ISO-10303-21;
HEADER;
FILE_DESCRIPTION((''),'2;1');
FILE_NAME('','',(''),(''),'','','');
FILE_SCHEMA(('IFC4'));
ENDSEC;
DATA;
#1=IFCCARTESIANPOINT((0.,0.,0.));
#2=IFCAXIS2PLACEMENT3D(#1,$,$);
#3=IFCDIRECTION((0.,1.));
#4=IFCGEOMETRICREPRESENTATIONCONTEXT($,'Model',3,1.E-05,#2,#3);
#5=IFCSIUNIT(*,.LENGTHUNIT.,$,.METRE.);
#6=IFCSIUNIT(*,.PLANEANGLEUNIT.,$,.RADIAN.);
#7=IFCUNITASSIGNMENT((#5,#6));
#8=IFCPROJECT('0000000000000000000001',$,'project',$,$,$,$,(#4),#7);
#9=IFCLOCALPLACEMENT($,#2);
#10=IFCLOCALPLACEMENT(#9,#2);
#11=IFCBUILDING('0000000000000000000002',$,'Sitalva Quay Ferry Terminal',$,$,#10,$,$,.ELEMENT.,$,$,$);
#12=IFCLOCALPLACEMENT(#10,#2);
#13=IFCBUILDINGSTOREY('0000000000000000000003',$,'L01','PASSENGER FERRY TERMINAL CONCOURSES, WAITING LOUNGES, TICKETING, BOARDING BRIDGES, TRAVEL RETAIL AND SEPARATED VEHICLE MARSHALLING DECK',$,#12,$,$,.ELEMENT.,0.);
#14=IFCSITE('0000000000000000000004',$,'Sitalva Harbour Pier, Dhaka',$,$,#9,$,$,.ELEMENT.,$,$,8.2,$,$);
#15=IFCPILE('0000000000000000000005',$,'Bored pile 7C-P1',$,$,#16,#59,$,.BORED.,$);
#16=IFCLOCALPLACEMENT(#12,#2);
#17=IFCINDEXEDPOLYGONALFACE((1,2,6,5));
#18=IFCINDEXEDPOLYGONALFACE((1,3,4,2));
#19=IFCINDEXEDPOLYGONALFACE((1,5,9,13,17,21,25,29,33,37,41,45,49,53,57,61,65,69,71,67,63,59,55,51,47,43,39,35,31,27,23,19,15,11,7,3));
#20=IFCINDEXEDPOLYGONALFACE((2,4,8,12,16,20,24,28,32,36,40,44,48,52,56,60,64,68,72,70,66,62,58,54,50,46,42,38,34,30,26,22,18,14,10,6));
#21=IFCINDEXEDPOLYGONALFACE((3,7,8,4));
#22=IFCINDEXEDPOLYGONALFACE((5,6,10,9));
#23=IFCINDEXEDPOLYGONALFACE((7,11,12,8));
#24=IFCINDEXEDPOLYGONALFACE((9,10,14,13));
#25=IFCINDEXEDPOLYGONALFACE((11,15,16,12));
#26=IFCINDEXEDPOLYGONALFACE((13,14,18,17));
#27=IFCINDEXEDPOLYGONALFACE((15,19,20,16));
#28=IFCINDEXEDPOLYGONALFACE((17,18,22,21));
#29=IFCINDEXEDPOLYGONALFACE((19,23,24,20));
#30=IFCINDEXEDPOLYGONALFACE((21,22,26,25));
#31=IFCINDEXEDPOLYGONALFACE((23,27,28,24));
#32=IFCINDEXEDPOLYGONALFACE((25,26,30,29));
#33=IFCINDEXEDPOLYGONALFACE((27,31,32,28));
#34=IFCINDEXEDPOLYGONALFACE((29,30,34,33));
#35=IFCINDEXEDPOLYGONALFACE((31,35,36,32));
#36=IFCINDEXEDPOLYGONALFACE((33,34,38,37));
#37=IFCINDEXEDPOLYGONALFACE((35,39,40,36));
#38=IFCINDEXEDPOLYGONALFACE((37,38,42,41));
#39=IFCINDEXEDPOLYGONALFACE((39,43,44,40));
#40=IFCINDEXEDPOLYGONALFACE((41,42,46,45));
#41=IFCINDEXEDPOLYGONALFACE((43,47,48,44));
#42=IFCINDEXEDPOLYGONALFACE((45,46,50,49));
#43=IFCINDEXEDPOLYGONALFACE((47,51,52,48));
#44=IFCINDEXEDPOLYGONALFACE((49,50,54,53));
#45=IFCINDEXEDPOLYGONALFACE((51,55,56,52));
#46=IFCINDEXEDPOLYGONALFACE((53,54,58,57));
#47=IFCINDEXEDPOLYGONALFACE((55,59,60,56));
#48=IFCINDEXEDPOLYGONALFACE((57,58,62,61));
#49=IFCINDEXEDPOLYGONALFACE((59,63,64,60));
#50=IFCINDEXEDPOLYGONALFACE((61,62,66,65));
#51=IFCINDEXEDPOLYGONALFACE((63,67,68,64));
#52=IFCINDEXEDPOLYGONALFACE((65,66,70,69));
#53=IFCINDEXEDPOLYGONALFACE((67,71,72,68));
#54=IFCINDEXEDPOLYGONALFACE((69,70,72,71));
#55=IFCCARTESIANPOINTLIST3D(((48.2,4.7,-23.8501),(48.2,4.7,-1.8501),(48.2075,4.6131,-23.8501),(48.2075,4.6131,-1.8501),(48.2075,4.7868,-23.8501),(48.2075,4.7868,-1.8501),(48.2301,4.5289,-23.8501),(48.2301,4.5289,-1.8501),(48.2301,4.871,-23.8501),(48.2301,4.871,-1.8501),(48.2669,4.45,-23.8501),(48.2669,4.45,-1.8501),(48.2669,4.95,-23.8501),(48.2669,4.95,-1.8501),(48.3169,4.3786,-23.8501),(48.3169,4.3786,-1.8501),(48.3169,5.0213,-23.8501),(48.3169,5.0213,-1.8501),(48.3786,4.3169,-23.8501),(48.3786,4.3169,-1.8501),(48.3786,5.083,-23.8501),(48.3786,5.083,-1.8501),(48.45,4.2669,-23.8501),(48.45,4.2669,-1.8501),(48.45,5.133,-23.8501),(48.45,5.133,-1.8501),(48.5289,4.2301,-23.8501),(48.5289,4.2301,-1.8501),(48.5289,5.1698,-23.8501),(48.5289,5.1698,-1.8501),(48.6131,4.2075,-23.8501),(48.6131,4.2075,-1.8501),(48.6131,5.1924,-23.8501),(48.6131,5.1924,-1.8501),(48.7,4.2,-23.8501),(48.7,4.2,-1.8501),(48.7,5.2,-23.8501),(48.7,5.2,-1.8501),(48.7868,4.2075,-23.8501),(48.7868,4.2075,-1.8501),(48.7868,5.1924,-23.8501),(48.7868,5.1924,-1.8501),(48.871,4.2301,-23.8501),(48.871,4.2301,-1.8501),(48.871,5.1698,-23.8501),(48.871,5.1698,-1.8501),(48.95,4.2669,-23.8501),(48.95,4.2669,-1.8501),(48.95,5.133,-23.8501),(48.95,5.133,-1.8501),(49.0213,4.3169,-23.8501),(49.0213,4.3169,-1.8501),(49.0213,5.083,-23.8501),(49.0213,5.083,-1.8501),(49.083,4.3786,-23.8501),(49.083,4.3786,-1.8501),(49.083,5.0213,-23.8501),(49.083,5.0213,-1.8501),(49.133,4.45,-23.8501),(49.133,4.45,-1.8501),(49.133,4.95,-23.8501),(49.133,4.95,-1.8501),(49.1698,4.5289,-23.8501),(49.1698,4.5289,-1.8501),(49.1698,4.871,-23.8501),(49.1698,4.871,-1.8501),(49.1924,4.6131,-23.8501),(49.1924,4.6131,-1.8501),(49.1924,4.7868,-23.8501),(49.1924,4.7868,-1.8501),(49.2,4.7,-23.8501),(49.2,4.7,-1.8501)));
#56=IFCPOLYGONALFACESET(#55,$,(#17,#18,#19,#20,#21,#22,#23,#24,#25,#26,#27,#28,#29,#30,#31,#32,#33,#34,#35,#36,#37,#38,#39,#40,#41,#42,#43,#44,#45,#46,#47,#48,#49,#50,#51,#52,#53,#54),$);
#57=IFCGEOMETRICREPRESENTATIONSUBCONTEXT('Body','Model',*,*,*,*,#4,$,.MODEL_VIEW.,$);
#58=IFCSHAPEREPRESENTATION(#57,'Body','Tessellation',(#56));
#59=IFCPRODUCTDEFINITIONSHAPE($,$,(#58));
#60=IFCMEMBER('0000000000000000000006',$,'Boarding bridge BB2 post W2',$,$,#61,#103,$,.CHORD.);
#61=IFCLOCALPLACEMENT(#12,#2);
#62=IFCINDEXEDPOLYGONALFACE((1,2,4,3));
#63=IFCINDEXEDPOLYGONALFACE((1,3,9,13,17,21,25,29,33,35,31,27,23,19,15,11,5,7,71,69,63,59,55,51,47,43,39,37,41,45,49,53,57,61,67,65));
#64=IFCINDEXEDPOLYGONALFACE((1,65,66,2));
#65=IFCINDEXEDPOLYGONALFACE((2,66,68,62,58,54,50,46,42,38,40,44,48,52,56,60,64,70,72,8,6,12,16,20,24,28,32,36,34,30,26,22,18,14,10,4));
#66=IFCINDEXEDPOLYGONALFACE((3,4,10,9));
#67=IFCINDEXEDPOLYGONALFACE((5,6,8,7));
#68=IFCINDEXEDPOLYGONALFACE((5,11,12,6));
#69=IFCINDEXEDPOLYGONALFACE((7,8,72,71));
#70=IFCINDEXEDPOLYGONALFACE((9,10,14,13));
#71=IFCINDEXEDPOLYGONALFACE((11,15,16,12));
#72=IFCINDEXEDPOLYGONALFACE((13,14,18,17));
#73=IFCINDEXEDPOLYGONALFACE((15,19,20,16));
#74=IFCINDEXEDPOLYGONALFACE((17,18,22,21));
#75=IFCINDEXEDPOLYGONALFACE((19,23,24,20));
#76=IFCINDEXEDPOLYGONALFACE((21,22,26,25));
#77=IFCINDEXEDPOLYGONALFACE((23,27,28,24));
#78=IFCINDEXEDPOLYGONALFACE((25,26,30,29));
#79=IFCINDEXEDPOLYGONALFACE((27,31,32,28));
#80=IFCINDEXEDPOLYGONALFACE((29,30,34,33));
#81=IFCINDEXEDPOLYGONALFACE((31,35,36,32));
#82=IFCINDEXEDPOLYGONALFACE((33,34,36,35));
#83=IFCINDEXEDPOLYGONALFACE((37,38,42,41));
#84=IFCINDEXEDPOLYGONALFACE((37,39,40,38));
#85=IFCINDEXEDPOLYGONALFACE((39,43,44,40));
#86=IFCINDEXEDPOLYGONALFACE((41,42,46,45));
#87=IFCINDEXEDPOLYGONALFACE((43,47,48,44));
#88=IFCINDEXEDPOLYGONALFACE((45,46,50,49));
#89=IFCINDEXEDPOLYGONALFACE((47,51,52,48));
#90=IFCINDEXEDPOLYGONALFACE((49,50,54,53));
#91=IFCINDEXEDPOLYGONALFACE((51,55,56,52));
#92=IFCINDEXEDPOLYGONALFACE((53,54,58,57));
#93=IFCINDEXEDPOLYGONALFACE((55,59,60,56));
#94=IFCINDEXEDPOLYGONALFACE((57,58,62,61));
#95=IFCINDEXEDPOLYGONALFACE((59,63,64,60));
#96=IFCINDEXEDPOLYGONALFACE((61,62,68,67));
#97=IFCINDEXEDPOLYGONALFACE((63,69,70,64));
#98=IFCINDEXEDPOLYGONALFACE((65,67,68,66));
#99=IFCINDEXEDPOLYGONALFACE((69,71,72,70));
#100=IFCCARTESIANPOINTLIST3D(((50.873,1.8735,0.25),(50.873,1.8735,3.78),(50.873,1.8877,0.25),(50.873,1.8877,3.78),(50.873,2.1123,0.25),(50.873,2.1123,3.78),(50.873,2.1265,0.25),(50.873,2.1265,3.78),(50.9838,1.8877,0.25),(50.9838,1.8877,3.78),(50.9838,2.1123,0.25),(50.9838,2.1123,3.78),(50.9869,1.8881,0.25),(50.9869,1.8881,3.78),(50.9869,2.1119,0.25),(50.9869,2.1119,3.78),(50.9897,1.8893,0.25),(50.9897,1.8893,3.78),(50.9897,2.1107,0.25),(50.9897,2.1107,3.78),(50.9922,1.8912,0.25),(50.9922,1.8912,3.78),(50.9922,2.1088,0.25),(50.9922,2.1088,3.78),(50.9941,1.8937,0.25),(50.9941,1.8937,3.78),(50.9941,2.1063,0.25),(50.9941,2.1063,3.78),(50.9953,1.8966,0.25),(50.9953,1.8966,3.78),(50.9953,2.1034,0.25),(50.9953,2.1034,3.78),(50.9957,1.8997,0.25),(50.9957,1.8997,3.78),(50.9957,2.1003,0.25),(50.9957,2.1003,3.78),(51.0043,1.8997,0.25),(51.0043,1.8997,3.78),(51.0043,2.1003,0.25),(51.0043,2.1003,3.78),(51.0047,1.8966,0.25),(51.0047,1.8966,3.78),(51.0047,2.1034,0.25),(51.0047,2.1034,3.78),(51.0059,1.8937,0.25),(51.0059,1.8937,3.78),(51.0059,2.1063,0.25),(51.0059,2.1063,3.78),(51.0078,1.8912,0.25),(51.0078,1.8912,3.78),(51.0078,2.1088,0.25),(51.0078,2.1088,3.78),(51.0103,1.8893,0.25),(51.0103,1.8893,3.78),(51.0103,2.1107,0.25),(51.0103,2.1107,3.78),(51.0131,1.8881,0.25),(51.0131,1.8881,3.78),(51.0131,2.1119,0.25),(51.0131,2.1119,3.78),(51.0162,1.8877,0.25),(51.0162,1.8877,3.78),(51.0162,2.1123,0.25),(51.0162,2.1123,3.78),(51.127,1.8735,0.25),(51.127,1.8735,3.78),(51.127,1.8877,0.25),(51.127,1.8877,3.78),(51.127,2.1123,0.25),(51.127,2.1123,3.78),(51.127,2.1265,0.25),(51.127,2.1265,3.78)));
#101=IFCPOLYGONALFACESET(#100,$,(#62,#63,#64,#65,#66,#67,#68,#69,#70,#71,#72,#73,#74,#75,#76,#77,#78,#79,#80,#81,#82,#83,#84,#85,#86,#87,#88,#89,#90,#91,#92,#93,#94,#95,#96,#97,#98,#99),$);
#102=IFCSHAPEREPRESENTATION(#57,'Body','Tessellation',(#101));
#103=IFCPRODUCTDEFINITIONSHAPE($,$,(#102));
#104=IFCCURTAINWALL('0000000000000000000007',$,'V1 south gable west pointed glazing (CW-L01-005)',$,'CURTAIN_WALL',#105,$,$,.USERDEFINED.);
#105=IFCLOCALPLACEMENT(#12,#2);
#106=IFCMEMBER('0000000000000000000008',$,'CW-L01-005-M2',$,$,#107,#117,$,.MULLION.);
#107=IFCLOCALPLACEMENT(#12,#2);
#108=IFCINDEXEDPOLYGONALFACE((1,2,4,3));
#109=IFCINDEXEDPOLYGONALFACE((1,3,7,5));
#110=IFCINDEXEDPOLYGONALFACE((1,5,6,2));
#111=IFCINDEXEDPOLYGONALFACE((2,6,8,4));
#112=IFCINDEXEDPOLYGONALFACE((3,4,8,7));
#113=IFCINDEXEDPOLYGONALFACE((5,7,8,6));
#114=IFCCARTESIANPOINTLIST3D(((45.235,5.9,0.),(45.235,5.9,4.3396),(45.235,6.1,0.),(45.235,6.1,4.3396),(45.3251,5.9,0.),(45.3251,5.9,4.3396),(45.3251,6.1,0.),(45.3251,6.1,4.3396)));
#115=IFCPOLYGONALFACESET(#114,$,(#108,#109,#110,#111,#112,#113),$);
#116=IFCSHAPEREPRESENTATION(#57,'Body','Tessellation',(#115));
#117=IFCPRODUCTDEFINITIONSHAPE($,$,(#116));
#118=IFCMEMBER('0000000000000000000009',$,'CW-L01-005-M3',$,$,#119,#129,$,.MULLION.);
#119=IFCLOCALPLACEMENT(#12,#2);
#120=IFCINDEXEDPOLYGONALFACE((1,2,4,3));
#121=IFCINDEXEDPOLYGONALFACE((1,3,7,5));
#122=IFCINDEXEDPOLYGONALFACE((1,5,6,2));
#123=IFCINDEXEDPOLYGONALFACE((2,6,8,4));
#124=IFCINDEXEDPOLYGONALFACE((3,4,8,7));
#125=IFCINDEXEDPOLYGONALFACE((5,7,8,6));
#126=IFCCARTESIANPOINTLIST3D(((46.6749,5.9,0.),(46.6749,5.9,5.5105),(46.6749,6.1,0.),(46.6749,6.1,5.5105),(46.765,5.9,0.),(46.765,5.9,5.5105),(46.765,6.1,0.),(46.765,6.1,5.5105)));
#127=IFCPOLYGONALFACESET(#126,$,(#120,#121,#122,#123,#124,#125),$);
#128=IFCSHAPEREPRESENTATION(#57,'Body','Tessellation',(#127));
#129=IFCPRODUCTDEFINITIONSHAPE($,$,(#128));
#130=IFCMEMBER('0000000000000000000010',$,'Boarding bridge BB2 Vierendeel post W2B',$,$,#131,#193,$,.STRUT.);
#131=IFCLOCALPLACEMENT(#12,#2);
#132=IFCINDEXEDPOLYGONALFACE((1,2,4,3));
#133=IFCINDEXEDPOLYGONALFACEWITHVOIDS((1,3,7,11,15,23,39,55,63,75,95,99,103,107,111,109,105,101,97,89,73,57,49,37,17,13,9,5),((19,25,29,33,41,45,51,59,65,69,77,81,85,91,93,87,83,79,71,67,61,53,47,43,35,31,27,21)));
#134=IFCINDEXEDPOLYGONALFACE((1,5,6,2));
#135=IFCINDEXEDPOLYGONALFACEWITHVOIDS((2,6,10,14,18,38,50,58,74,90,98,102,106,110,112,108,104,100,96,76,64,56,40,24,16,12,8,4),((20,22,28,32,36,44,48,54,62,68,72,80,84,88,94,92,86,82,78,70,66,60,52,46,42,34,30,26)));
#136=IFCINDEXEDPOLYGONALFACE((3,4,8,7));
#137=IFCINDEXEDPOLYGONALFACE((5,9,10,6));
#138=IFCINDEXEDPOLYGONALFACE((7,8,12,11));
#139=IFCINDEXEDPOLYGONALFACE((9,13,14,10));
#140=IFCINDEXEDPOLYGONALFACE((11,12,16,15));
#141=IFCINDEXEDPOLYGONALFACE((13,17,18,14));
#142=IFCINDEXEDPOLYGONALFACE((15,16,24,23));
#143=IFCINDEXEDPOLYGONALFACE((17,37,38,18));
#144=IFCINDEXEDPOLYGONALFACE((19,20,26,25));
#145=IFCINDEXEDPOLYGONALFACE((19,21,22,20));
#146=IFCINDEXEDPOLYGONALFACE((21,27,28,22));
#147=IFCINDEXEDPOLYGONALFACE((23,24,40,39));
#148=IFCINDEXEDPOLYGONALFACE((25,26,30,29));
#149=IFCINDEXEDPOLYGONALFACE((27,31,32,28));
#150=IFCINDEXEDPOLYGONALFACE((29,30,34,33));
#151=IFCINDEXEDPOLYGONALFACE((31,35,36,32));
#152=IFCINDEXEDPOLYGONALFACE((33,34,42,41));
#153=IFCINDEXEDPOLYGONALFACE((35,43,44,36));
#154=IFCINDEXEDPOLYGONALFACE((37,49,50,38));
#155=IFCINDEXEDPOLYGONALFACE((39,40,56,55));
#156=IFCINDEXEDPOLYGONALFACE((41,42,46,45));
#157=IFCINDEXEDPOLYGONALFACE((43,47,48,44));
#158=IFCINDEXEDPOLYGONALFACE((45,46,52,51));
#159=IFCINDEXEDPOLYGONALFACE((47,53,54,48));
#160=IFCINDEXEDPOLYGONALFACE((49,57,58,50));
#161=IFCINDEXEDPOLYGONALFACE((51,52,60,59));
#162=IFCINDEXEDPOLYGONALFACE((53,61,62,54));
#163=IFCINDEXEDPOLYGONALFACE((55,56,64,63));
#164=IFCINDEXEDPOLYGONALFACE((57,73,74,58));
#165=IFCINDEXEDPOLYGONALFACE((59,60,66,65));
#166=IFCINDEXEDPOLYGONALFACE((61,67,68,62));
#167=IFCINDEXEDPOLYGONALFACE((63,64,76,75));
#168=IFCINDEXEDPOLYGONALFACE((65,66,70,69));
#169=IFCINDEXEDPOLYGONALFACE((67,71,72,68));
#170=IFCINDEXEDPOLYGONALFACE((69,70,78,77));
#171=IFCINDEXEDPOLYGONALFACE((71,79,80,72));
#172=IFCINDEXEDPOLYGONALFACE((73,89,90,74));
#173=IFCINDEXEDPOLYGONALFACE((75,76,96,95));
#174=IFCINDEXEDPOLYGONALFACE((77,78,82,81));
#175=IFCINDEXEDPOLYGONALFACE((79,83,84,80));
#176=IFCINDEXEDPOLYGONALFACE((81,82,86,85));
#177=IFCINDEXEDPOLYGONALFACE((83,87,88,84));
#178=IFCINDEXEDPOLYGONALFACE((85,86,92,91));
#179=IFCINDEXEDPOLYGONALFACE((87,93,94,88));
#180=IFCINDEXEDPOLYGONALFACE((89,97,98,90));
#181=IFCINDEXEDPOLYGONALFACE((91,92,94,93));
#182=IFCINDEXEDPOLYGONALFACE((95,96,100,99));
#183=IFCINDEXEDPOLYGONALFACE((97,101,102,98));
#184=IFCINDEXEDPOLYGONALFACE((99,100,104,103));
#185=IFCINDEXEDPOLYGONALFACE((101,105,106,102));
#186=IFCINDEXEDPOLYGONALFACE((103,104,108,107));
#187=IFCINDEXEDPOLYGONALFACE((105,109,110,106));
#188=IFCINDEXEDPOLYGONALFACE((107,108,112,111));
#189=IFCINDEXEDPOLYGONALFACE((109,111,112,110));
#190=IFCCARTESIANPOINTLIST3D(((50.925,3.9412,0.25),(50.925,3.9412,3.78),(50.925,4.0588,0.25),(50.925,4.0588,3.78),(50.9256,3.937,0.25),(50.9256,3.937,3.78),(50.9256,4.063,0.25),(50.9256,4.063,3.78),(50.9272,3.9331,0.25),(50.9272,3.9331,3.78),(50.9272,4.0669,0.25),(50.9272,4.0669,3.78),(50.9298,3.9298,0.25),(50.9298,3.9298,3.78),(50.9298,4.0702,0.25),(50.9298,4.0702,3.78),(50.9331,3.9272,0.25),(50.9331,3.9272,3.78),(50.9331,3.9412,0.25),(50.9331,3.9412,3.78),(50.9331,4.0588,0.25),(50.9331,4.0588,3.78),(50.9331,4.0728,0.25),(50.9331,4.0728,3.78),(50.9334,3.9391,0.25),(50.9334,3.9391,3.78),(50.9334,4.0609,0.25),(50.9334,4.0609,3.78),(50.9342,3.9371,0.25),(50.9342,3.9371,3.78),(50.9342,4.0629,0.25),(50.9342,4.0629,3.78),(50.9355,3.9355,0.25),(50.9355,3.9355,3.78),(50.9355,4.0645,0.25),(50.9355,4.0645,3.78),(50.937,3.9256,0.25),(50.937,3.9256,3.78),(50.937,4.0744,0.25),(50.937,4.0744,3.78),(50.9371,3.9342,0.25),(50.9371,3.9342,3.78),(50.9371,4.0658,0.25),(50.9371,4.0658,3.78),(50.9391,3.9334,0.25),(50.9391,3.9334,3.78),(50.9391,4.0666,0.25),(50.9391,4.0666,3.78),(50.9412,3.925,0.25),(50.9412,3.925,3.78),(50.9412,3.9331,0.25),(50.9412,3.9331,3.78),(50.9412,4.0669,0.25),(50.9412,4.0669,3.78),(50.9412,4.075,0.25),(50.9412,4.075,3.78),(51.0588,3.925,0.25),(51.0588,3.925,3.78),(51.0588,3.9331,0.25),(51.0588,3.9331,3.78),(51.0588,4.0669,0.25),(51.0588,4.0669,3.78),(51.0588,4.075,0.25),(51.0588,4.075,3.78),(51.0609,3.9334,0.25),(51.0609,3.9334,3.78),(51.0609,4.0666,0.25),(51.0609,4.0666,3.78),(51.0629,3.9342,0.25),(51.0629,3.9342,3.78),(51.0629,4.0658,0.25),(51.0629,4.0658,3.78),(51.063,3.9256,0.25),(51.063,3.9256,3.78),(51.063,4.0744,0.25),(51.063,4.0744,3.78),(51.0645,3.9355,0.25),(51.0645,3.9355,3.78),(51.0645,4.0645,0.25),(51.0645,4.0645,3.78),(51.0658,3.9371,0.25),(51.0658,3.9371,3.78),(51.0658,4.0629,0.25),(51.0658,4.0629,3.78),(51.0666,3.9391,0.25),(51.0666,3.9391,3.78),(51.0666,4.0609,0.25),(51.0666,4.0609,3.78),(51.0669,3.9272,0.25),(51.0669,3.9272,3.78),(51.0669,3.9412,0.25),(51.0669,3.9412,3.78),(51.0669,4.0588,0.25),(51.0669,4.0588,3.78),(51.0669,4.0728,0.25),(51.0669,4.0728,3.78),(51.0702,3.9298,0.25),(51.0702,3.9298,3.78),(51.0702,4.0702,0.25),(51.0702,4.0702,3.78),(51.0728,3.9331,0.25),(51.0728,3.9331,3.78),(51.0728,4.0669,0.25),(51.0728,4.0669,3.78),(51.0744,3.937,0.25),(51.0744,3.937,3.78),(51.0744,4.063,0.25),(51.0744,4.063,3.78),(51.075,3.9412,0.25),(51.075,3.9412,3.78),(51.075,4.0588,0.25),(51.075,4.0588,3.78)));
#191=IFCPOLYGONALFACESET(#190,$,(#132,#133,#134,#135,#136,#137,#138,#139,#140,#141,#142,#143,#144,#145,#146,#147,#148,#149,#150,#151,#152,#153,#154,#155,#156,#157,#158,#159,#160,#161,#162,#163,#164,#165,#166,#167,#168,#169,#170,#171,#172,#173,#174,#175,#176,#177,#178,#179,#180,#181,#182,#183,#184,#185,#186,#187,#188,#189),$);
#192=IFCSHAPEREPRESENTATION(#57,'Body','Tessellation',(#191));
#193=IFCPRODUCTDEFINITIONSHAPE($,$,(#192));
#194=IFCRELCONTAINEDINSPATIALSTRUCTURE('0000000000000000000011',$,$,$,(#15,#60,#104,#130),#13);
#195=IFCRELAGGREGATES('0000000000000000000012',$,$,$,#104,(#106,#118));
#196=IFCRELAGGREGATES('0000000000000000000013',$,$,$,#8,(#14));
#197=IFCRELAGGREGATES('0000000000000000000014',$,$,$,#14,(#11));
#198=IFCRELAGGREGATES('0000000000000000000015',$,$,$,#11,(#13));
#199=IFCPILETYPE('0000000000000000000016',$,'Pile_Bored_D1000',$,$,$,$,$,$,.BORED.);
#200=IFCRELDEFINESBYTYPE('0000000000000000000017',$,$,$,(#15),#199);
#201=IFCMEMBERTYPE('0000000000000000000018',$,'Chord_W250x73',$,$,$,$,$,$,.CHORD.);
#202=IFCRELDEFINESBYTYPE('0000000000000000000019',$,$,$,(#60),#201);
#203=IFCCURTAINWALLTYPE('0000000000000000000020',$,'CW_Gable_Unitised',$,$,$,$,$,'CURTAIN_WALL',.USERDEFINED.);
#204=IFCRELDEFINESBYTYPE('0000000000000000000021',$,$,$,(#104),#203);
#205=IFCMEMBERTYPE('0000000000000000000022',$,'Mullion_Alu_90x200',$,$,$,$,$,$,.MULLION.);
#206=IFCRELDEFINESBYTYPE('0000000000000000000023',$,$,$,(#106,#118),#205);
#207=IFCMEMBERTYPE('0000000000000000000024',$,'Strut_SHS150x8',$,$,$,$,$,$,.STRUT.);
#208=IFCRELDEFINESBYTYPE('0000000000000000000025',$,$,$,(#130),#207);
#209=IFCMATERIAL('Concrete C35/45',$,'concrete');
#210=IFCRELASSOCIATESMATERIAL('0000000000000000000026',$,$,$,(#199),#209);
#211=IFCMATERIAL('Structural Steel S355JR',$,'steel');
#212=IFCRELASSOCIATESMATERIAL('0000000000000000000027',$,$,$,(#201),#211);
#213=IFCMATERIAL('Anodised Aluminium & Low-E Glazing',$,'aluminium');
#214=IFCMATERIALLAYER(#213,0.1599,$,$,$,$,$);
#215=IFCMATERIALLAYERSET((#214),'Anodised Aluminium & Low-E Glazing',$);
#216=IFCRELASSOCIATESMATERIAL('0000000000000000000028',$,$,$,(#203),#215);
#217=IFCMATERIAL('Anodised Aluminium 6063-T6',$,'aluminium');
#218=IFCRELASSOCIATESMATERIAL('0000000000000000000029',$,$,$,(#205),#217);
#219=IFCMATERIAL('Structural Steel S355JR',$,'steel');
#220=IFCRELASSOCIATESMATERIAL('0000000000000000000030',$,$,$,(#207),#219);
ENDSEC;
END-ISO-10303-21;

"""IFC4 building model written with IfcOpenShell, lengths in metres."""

from ifc_helpers import new_model, si_unit, direction, frame, origin, origin_2d, place, context, subcontext, project, spatial, rectangle, hollow_rectangle, circle, i_section, extrude, material, layer, layer_set, material_profile, profile_set, type_object, element, aggregate, save


model = new_model("IFC4")

# Units and contexts
model_context = context("Model", 3, precision=1e-05, world=origin(), true_north=direction((0.0, 1.0)))
body_context = subcontext(model_context, "Body", "Model", "MODEL_VIEW")
ifc_project = project(units=[si_unit("LENGTHUNIT", "METRE"), si_unit("PLANEANGLEUNIT", "RADIAN")], contexts=[model_context])

# Site, building, storey
site_placement = place(None, origin())
site = spatial("IfcSite", under=ifc_project, at=site_placement, Name="Sitalva Harbour Pier, Dhaka", CompositionType="ELEMENT", RefElevation=8.2)
building_placement = place(site_placement, origin())
building = spatial("IfcBuilding", under=site, at=building_placement, Name="Sitalva Quay Ferry Terminal", CompositionType="ELEMENT")
storey_placement = place(building_placement, origin())
storey = spatial("IfcBuildingStorey", under=building, at=storey_placement, Name="L01", Description="PASSENGER FERRY TERMINAL CONCOURSES, WAITING LOUNGES, TICKETING, BOARDING BRIDGES, TRAVEL RETAIL AND SEPARATED VEHICLE MARSHALLING DECK", CompositionType="ELEMENT", Elevation=0.0)

# Pile
ifc_material_1 = material(Name="Concrete C35/45", Category="concrete")
ifc_material_profile_1 = material_profile(ifc_material_1, circle(Radius=0.5, at=origin_2d()), Name="PILE-D1000")
ifc_profile_set_1 = profile_set([ifc_material_profile_1], Name="Concrete C35/45")
pile_type = type_object("IfcPileType", Name="Pile_Bored_D1000", PredefinedType="BORED", material=ifc_profile_set_1)
pile_placement = place(storey_placement, frame((48.7, 4.7, -1.8501), z_axis=(0.0, 0.0, -1.0), x_axis=(1.0, 0.0, 0.0)))
element("IfcPile", 1, at=pile_placement, inside=storey, type_object=pile_type, Name="Bored pile 7C-P1", PredefinedType="BORED", context=body_context, shape_type="SweptSolid", body=[
    extrude(circle(Radius=0.5, at=origin_2d()), origin(), (0.0, 0.0, 1.0), 22.0),
])

# Member
ifc_material_2 = material(Name="Structural Steel S355JR", Category="steel")
ifc_material_profile_2 = material_profile(ifc_material_2, i_section(OverallWidth=0.2539, OverallDepth=0.2529, WebThickness=0.0085, FlangeThickness=0.0142, FilletRadius=0.012, at=origin_2d()), Name="W250x73")
ifc_profile_set_2 = profile_set([ifc_material_profile_2], Name="Structural Steel S355JR")
member_type_1 = type_object("IfcMemberType", Name="Chord_W250x73", PredefinedType="CHORD", material=ifc_profile_set_2)
member_1_placement = place(storey_placement, frame((51.0, 2.0, 0.25), z_axis=(0.0, 0.0, 1.0), x_axis=(1.0, 0.0, 0.0)))
element("IfcMember", 2, at=member_1_placement, inside=storey, type_object=member_type_1, Name="Boarding bridge BB2 post W2", PredefinedType="CHORD", context=body_context, shape_type="SweptSolid", body=[
    extrude(i_section(OverallWidth=0.2539, OverallDepth=0.2529, WebThickness=0.0085, FlangeThickness=0.0142, FilletRadius=0.012, at=origin_2d()), origin(), (0.0, 0.0, 1.0), 3.53),
])

# Curtain wall, members
ifc_material_3 = material(Name="Anodised Aluminium & Low-E Glazing", Category="aluminium")
ifc_layer_1 = layer(ifc_material_3, 0.1599)
ifc_layer_set_1 = layer_set([ifc_layer_1], Name="Anodised Aluminium & Low-E Glazing")
curtain_wall_type = type_object("IfcCurtainWallType", Name="CW_Gable_Unitised", ElementType="CURTAIN_WALL", PredefinedType="USERDEFINED", material=ifc_layer_set_1)
curtain_wall_placement = place(storey_placement, origin())
curtain_wall = element("IfcCurtainWall", 3, at=curtain_wall_placement, inside=storey, type_object=curtain_wall_type, Name="V1 south gable west pointed glazing (CW-L01-005)", ObjectType="CURTAIN_WALL", PredefinedType="USERDEFINED")
ifc_material_4 = material(Name="Anodised Aluminium 6063-T6", Category="aluminium")
ifc_material_profile_3 = material_profile(ifc_material_4, rectangle(XDim=0.0901, YDim=0.2, at=origin_2d()), Name="ALU90x200")
ifc_profile_set_3 = profile_set([ifc_material_profile_3], Name="Anodised Aluminium 6063-T6")
member_type_2 = type_object("IfcMemberType", Name="Mullion_Alu_90x200", PredefinedType="MULLION", material=ifc_profile_set_3)
member_2_placement = place(storey_placement, frame((45.28, 6.0, 0.0), z_axis=(0.0, 0.0, 1.0), x_axis=(1.0, 0.0, 0.0)))
member_2 = element("IfcMember", 4, at=member_2_placement, type_object=member_type_2, Name="CW-L01-005-M2", PredefinedType="MULLION", context=body_context, shape_type="SweptSolid", body=[
    extrude(rectangle(XDim=0.0901, YDim=0.2, at=origin_2d()), origin(), (0.0, 0.0, 1.0), 4.3396),
])
member_3_placement = place(storey_placement, frame((46.72, 6.0, 0.0), z_axis=(0.0, 0.0, 1.0), x_axis=(1.0, 0.0, 0.0)))
member_3 = element("IfcMember", 5, at=member_3_placement, type_object=member_type_2, Name="CW-L01-005-M3", PredefinedType="MULLION", context=body_context, shape_type="SweptSolid", body=[
    extrude(rectangle(XDim=0.0901, YDim=0.2, at=origin_2d()), origin(), (0.0, 0.0, 1.0), 5.5105),
])

# Member
ifc_material_5 = material(Name="Structural Steel S355JR", Category="steel")
ifc_material_profile_4 = material_profile(ifc_material_5, hollow_rectangle(XDim=0.1499, YDim=0.1499, WallThickness=0.0081, InnerFilletRadius=0.0081, OuterFilletRadius=0.0161, at=origin_2d()), Name="SHS150x150x8")
ifc_profile_set_4 = profile_set([ifc_material_profile_4], Name="Structural Steel S355JR")
member_type_3 = type_object("IfcMemberType", Name="Strut_SHS150x8", PredefinedType="STRUT", material=ifc_profile_set_4)
member_4_placement = place(storey_placement, frame((51.0, 4.0, 0.25), z_axis=(0.0, 0.0, 1.0), x_axis=(1.0, 0.0, 0.0)))
element("IfcMember", 6, at=member_4_placement, inside=storey, type_object=member_type_3, Name="Boarding bridge BB2 Vierendeel post W2B", PredefinedType="STRUT", context=body_context, shape_type="SweptSolid", body=[
    extrude(hollow_rectangle(XDim=0.1499, YDim=0.1499, WallThickness=0.0081, InnerFilletRadius=0.0081, OuterFilletRadius=0.0161, at=origin_2d()), origin(), (0.0, 0.0, 1.0), 3.53),
])

aggregate(curtain_wall, [member_2, member_3])

save(model, "model.ifc")
